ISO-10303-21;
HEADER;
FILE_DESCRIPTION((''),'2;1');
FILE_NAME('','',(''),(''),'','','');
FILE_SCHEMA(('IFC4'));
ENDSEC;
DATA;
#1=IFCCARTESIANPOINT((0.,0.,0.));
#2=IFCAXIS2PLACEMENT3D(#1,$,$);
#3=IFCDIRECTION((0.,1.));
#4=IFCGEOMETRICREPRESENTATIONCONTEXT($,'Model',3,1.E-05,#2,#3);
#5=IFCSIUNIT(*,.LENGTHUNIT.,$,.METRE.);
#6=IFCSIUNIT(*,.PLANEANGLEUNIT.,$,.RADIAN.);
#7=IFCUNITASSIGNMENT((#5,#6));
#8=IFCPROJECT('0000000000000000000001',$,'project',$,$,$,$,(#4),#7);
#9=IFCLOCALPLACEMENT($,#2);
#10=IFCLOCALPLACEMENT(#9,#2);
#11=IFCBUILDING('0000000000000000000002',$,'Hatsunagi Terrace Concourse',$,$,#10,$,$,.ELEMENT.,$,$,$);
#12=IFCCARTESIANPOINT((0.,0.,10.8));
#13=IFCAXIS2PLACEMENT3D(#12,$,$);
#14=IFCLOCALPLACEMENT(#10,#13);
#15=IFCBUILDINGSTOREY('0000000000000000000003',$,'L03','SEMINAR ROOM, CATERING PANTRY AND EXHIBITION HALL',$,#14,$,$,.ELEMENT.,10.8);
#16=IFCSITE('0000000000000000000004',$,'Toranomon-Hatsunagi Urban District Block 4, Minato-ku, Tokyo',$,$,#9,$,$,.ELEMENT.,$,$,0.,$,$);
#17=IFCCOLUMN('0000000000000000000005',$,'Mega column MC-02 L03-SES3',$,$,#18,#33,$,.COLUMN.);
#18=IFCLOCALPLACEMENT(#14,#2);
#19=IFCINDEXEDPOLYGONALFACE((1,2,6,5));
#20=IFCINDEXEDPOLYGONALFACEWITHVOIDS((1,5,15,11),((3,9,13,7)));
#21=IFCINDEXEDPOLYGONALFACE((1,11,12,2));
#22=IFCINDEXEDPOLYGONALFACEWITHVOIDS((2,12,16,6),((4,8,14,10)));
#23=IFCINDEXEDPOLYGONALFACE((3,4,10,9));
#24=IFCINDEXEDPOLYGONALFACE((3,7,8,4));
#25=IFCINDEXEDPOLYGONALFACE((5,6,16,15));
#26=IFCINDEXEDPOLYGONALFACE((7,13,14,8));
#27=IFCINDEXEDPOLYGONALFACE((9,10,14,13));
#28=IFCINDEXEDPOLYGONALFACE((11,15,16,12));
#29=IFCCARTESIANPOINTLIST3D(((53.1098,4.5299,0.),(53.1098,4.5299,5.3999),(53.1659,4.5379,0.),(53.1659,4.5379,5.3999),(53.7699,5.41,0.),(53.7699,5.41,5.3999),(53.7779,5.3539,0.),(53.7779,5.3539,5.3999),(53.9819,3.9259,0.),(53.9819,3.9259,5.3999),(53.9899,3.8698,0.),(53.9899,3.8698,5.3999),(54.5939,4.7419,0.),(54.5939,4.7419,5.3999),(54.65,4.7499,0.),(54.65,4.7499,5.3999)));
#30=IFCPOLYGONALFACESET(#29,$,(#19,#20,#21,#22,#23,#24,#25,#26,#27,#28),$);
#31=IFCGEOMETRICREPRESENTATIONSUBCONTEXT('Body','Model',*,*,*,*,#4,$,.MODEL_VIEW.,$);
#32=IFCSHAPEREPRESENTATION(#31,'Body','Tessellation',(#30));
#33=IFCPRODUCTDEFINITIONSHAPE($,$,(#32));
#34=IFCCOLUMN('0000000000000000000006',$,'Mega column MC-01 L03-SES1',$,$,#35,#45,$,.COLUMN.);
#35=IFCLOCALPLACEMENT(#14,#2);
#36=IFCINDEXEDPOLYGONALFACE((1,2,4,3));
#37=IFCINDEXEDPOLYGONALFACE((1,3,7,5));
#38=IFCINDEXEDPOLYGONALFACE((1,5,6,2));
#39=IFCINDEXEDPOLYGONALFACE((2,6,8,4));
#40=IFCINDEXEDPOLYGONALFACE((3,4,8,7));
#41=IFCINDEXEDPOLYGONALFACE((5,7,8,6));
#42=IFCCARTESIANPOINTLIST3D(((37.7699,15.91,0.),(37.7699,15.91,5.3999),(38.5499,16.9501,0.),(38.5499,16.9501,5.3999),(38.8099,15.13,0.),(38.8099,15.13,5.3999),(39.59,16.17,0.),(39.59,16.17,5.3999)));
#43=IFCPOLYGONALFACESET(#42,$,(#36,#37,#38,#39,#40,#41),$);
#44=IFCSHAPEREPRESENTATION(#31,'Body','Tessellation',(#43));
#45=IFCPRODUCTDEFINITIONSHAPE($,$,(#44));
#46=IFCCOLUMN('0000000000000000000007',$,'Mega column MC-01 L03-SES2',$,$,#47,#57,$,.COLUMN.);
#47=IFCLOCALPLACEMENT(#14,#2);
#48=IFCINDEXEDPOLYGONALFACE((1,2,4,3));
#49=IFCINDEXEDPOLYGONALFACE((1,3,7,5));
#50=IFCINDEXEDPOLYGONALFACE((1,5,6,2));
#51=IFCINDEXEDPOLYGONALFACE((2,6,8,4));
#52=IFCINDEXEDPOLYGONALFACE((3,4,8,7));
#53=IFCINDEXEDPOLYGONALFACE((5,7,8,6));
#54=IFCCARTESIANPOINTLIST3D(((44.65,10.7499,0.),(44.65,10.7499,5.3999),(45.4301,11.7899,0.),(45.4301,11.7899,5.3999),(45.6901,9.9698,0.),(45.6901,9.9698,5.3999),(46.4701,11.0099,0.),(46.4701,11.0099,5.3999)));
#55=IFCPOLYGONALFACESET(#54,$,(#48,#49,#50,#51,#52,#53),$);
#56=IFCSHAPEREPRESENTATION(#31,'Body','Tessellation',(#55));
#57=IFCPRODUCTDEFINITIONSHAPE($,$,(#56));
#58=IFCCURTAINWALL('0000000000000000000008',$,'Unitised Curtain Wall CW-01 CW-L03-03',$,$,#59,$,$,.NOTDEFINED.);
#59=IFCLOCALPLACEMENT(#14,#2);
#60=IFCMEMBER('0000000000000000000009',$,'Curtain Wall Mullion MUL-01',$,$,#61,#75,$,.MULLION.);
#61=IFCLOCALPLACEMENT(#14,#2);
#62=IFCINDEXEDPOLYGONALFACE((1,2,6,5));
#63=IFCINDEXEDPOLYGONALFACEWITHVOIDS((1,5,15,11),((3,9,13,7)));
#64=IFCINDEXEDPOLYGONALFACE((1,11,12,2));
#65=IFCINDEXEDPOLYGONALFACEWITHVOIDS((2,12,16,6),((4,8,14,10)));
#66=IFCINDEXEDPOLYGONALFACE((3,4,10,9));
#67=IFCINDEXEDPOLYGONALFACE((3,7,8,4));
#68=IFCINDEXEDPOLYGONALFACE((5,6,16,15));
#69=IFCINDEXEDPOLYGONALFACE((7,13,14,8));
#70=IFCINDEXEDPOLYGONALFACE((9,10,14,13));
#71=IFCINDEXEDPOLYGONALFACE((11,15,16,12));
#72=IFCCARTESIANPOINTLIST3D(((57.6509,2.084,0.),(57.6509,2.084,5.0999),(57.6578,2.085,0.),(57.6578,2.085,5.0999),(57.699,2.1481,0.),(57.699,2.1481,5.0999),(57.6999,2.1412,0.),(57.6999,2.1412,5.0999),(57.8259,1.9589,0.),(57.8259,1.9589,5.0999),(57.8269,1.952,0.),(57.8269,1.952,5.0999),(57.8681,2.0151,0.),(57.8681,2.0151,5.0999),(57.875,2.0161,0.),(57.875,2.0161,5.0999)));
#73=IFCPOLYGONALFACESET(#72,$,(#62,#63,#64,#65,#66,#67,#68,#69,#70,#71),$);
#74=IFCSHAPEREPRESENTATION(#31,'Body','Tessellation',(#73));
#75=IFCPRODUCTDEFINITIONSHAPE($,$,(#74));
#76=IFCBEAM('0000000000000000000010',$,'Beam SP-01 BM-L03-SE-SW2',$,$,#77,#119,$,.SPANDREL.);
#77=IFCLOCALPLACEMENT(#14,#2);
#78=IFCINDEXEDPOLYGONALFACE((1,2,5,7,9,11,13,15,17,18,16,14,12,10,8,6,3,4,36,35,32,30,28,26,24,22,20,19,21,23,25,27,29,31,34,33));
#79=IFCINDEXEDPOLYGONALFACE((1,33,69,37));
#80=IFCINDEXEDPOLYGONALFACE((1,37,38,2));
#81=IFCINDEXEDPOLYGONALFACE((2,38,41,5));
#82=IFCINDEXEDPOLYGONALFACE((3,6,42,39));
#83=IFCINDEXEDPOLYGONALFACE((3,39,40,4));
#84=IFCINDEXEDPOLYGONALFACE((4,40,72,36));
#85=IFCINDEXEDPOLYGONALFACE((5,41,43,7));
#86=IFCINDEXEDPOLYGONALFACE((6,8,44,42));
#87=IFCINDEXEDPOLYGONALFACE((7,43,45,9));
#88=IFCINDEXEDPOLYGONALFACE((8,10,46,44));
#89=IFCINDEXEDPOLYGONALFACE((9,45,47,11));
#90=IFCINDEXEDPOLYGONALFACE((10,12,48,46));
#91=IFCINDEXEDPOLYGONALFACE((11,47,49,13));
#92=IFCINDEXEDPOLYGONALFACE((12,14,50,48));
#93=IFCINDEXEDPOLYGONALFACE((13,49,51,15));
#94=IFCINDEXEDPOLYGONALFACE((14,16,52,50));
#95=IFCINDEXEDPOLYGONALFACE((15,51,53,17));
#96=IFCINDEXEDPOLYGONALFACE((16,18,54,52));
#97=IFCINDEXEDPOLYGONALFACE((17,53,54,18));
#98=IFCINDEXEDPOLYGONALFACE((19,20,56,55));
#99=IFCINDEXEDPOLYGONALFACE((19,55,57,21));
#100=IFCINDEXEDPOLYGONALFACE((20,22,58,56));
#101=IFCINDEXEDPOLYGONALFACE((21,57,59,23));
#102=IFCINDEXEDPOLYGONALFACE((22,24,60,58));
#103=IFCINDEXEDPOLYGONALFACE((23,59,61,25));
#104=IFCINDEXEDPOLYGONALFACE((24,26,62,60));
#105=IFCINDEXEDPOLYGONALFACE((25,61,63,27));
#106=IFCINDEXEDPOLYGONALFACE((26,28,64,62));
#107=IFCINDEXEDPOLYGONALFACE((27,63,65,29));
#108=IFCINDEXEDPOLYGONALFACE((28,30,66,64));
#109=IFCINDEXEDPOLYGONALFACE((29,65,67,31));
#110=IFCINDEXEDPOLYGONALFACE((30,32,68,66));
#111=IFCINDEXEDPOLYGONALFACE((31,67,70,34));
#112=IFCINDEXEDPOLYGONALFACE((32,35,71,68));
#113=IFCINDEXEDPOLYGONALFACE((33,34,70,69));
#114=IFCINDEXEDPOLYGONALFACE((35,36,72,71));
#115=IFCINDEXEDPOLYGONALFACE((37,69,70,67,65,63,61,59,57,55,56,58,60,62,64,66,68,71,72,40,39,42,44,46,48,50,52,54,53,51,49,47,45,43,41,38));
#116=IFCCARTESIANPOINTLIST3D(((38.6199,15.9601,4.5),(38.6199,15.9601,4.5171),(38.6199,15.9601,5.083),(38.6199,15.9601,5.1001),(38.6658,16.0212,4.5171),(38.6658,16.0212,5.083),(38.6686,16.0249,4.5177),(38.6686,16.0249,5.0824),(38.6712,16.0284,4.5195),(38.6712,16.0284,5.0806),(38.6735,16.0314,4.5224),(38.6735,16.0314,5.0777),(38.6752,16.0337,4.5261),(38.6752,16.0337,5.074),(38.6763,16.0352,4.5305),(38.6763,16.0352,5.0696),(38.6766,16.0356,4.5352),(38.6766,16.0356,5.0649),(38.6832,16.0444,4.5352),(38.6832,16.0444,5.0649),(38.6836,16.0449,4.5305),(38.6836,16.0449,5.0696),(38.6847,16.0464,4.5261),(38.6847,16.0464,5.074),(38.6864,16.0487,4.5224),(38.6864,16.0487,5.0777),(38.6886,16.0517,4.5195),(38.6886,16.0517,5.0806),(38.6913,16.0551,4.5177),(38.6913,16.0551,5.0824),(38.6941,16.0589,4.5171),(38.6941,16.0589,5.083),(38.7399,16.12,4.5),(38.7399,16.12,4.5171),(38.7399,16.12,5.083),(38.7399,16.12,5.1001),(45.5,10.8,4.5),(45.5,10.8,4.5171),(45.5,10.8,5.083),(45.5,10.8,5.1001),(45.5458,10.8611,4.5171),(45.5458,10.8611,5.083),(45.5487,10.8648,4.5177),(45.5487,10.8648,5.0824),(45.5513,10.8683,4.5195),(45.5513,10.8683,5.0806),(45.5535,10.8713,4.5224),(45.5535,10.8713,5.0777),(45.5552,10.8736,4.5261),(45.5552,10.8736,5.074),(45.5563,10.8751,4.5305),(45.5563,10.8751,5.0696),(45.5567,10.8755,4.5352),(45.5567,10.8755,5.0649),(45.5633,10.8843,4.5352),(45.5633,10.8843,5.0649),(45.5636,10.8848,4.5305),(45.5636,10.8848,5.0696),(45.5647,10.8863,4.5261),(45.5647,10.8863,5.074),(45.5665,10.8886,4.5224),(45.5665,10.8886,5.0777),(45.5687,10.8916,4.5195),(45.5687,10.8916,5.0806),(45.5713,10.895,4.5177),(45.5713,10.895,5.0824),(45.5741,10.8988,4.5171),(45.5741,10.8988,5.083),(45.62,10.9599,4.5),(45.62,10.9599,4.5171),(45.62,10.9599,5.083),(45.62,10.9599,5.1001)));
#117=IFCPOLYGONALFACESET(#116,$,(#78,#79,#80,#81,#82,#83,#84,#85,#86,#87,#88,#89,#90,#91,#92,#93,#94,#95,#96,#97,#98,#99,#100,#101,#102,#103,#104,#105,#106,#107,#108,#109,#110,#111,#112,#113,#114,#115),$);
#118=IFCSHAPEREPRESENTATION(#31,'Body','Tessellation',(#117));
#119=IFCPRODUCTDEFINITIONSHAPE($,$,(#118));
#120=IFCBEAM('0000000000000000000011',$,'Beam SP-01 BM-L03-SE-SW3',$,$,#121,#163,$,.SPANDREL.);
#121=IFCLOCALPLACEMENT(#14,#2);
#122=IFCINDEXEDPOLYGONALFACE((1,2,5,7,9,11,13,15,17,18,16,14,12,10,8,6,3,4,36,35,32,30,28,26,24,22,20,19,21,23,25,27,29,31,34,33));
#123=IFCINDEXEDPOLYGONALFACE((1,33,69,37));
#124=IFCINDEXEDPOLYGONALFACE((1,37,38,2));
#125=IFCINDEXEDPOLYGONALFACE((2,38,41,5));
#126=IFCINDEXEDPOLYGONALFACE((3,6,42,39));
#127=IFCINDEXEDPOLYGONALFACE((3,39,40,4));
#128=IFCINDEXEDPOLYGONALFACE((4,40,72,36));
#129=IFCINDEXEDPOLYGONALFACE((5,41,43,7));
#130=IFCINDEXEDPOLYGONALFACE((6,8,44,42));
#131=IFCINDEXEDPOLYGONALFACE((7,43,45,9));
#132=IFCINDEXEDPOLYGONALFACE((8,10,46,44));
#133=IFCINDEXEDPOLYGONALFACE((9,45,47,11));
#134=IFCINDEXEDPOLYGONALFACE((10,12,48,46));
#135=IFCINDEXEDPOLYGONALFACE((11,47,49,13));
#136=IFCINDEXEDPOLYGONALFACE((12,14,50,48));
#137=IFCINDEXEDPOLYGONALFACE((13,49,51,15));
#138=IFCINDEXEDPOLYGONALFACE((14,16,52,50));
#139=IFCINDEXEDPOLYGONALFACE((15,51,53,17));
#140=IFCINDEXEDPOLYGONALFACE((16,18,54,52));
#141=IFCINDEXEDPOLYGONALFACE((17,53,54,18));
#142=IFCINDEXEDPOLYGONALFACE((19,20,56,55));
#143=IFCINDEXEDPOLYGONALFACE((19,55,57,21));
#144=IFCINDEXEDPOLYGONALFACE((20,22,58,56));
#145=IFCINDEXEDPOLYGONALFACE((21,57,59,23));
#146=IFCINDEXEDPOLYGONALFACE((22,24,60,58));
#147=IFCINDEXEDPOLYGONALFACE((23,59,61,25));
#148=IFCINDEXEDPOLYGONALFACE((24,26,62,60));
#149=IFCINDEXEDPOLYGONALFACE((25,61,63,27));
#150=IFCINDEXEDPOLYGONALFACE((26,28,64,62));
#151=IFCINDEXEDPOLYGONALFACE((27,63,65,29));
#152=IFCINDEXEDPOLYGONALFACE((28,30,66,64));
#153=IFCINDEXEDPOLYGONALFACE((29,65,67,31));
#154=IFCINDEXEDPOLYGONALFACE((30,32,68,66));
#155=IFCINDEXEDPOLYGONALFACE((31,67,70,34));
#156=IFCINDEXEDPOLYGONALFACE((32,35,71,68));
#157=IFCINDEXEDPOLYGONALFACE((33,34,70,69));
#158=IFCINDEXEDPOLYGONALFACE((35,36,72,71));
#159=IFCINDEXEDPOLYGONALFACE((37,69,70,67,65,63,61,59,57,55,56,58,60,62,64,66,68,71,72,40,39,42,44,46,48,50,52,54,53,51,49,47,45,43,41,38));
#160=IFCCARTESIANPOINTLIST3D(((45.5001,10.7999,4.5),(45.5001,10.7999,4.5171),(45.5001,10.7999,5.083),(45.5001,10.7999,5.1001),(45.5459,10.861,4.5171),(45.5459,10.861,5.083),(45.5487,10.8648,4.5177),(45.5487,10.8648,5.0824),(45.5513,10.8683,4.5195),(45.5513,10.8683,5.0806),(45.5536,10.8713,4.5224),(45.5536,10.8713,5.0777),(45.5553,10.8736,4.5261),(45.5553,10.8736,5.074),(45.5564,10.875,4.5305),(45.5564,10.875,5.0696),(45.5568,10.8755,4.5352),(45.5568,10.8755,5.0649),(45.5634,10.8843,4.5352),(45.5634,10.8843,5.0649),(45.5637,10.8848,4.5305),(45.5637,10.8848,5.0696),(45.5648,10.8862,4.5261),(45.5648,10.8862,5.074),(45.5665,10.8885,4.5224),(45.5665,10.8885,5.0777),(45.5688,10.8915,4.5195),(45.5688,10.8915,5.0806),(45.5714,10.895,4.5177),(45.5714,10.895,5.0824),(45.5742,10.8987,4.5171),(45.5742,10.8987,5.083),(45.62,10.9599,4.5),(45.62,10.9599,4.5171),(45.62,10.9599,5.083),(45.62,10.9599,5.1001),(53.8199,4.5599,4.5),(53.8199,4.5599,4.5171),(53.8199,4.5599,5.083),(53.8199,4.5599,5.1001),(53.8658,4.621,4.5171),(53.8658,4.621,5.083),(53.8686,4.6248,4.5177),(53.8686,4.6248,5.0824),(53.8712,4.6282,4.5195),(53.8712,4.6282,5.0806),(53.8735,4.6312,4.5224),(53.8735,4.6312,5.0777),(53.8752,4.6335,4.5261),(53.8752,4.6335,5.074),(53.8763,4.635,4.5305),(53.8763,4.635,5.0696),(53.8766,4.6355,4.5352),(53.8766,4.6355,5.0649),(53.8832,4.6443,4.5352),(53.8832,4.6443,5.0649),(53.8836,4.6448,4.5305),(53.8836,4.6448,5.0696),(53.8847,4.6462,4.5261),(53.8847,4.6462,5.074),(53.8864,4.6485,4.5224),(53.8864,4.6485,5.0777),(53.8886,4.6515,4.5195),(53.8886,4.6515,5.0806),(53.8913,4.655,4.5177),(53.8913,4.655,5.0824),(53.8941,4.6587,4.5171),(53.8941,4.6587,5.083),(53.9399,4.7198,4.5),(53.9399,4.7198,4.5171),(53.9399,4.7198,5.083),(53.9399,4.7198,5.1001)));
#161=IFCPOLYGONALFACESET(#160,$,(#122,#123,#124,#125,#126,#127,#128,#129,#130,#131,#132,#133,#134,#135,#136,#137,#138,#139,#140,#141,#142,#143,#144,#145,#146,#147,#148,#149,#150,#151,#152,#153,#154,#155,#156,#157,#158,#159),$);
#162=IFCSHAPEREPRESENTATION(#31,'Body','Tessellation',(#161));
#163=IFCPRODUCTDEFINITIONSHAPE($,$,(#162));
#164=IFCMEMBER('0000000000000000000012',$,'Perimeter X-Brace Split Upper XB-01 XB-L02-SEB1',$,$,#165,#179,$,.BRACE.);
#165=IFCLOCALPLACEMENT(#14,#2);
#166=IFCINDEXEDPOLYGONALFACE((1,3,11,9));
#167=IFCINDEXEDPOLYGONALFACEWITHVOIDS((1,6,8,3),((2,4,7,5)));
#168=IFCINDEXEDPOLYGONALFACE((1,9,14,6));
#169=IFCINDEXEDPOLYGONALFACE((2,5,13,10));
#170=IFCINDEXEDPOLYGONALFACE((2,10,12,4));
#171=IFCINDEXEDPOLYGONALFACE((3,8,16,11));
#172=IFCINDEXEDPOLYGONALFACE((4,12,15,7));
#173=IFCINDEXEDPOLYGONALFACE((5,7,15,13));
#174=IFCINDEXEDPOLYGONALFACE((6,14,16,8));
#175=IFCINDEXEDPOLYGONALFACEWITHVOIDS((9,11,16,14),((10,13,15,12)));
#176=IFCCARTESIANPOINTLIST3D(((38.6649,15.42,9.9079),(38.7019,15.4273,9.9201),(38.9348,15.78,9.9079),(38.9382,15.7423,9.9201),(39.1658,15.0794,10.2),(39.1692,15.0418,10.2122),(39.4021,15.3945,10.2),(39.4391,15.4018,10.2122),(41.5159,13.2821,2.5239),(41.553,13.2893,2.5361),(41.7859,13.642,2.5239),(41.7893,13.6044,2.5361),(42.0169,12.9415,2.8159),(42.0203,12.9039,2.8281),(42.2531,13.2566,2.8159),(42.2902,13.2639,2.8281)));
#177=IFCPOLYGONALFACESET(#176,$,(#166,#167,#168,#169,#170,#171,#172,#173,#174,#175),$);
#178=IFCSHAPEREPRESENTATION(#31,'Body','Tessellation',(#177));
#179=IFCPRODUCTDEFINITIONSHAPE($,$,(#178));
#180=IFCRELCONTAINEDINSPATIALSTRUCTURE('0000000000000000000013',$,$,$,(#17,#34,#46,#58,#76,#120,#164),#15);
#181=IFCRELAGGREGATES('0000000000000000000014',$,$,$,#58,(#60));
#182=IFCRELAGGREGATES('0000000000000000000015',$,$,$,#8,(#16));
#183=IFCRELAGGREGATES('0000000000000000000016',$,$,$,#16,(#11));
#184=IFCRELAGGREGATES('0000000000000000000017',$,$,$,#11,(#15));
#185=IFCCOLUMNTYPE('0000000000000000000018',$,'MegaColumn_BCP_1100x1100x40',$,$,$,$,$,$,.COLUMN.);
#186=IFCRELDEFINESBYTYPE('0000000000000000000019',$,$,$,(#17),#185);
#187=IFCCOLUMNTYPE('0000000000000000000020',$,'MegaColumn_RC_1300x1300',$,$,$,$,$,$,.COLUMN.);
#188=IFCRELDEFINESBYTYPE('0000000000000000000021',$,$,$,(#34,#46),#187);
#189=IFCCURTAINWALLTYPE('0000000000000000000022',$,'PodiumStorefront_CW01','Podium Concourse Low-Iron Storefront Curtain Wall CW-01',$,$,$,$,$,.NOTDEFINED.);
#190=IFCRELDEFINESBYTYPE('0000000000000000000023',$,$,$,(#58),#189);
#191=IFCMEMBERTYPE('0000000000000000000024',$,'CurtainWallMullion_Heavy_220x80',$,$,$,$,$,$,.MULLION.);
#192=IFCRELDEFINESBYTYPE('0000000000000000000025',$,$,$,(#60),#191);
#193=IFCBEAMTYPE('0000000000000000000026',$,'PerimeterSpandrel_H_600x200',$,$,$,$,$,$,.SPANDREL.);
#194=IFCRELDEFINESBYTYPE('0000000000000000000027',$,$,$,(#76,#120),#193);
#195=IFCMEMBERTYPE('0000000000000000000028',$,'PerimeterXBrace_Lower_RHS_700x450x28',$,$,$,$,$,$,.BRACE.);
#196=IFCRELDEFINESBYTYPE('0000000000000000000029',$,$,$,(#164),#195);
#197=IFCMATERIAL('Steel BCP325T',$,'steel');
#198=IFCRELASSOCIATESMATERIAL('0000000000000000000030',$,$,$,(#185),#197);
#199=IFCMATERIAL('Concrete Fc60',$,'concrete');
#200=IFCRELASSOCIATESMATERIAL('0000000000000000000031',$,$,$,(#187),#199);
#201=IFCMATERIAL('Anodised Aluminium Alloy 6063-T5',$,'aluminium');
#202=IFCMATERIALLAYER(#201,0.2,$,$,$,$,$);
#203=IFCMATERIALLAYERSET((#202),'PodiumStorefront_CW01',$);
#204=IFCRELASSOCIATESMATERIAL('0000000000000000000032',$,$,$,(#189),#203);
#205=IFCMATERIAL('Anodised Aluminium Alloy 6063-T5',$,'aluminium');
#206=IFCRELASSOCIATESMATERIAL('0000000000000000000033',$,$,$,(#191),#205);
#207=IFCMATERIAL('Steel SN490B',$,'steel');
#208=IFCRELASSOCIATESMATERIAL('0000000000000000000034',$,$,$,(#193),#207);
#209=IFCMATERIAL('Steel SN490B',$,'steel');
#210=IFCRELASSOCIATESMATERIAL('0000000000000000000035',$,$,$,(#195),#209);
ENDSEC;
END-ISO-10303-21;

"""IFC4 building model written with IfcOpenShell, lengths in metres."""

from ifc_helpers import new_model, si_unit, direction, frame, origin, origin_2d, place, context, subcontext, project, spatial, rectangle, hollow_rectangle, i_section, extrude, material, layer, layer_set, material_profile, profile_set, type_object, element, aggregate, save


model = new_model("IFC4")

# Units and contexts
model_context = context("Model", 3, precision=1e-05, world=origin(), true_north=direction((0.0, 1.0)))
body_context = subcontext(model_context, "Body", "Model", "MODEL_VIEW")
ifc_project = project(units=[si_unit("LENGTHUNIT", "METRE"), si_unit("PLANEANGLEUNIT", "RADIAN")], contexts=[model_context])

# Site, building, storey
site_placement = place(None, origin())
site = spatial("IfcSite", under=ifc_project, at=site_placement, Name="Toranomon-Hatsunagi Urban District Block 4, Minato-ku, Tokyo", CompositionType="ELEMENT", RefElevation=0.0)
building_placement = place(site_placement, origin())
building = spatial("IfcBuilding", under=site, at=building_placement, Name="Hatsunagi Terrace Concourse", CompositionType="ELEMENT")
storey_placement = place(building_placement, frame((0.0, 0.0, 10.8)))
storey = spatial("IfcBuildingStorey", under=building, at=storey_placement, Name="L03", Description="SEMINAR ROOM, CATERING PANTRY AND EXHIBITION HALL", CompositionType="ELEMENT", Elevation=10.8)

# Columns
ifc_material_1 = material(Name="Steel BCP325T", Category="steel")
ifc_material_profile_1 = material_profile(ifc_material_1, hollow_rectangle(XDim=1.1001, YDim=1.1001, WallThickness=0.04, at=origin_2d()), Name="BCP-1100x1100x40")
ifc_profile_set_1 = profile_set([ifc_material_profile_1], Name="Steel BCP325T")
column_type_1 = type_object("IfcColumnType", Name="MegaColumn_BCP_1100x1100x40", PredefinedType="COLUMN", material=ifc_profile_set_1)
column_placement = place(storey_placement, frame((53.8799, 4.6399, 0.0), z_axis=(0.0, 0.0, 1.0), x_axis=(0.8, -0.6, 0.0)))
element("IfcColumn", 1, at=column_placement, inside=storey, type_object=column_type_1, Name="Mega column MC-02 L03-SES3", PredefinedType="COLUMN", context=body_context, shape_type="SweptSolid", body=[
    extrude(hollow_rectangle(XDim=1.1001, YDim=1.1001, WallThickness=0.04, at=origin_2d()), origin(), (0.0, 0.0, 1.0), 5.3999),
])
ifc_material_2 = material(Name="Concrete Fc60", Category="concrete")
ifc_material_profile_2 = material_profile(ifc_material_2, rectangle(XDim=1.3, YDim=1.3, at=origin_2d()), Name="RC-1300x1300")
ifc_profile_set_2 = profile_set([ifc_material_profile_2], Name="Concrete Fc60")
column_type_2 = type_object("IfcColumnType", Name="MegaColumn_RC_1300x1300", PredefinedType="COLUMN", material=ifc_profile_set_2)
for number, where, z_axis, x_axis, name in (
    (2, (38.6799, 16.04, 0.0), (0.0, 0.0, 1.0), (0.8, -0.6, 0.0), "Mega column MC-01 L03-SES1"),
    (3, (45.5601, 10.8799, 0.0), (0.0, 0.0, 1.0), (0.8, -0.6, 0.0), "Mega column MC-01 L03-SES2"),
):
    element("IfcColumn", number, at=place(storey_placement, frame(where, z_axis=z_axis, x_axis=x_axis)), inside=storey, type_object=column_type_2, Name=name, PredefinedType="COLUMN", context=body_context, shape_type="SweptSolid", body=[
        extrude(rectangle(XDim=1.3, YDim=1.3, at=origin_2d()), origin(), (0.0, 0.0, 1.0), 5.3999),
    ])

# Curtain wall, member
ifc_material_3 = material(Name="Anodised Aluminium Alloy 6063-T5", Category="aluminium")
ifc_layer_1 = layer(ifc_material_3, 0.2)
ifc_layer_set_1 = layer_set([ifc_layer_1], Name="PodiumStorefront_CW01")
curtain_wall_type = type_object("IfcCurtainWallType", Name="PodiumStorefront_CW01", Description="Podium Concourse Low-Iron Storefront Curtain Wall CW-01", PredefinedType="NOTDEFINED", material=ifc_layer_set_1)
curtain_wall_placement = place(storey_placement, origin())
curtain_wall = element("IfcCurtainWall", 4, at=curtain_wall_placement, inside=storey, type_object=curtain_wall_type, Name="Unitised Curtain Wall CW-01 CW-L03-03", PredefinedType="NOTDEFINED")
ifc_material_4 = material(Name="Anodised Aluminium Alloy 6063-T5", Category="aluminium")
ifc_material_profile_3 = material_profile(ifc_material_4, hollow_rectangle(XDim=0.0801, YDim=0.22, WallThickness=0.0049, at=origin_2d()), Name="ALU-MUL-220x80x5")
ifc_profile_set_3 = profile_set([ifc_material_profile_3], Name="Anodised Aluminium Alloy 6063-T5")
member_type_1 = type_object("IfcMemberType", Name="CurtainWallMullion_Heavy_220x80", PredefinedType="MULLION", material=ifc_profile_set_3)
member_1_placement = place(storey_placement, frame((57.7629, 2.05, 0.0), z_axis=(0.0, 0.0, 1.0), x_axis=(-0.599969, -0.800023, 0.0)))
member_1 = element("IfcMember", 5, at=member_1_placement, type_object=member_type_1, Name="Curtain Wall Mullion MUL-01", PredefinedType="MULLION", context=body_context, shape_type="SweptSolid", body=[
    extrude(hollow_rectangle(XDim=0.0801, YDim=0.22, WallThickness=0.0049, at=origin_2d()), origin(), (0.0, 0.0, 1.0), 5.0999),
])
aggregate(curtain_wall, [member_1])

# Beams
ifc_material_5 = material(Name="Steel SN490B", Category="steel")
ifc_material_profile_4 = material_profile(ifc_material_5, i_section(OverallWidth=0.2, OverallDepth=0.6001, WebThickness=0.011, FlangeThickness=0.0171, FilletRadius=0.0181, at=origin_2d()), Name="H-600x200x11x17")
ifc_profile_set_4 = profile_set([ifc_material_profile_4], Name="Steel SN490B")
beam_type_1 = type_object("IfcBeamType", Name="PerimeterSpandrel_H_600x200", PredefinedType="SPANDREL", material=ifc_profile_set_4)
beam_1_placement = place(storey_placement, frame((38.6799, 16.04, 4.8), z_axis=(0.799997, -0.600005, 0.0), x_axis=(0.600005, 0.799997, 0.0)))
element("IfcBeam", 6, at=beam_1_placement, inside=storey, type_object=beam_type_1, Name="Beam SP-01 BM-L03-SE-SW2", PredefinedType="SPANDREL", context=body_context, shape_type="SweptSolid", body=[
    extrude(i_section(OverallWidth=0.2, OverallDepth=0.6001, WebThickness=0.011, FlangeThickness=0.0171, FilletRadius=0.0181, at=origin_2d()), origin(), (0.0, 0.0, 1.0), 8.6001),
])
beam_2_placement = place(storey_placement, frame((45.5601, 10.8799, 4.8), z_axis=(0.799994, -0.600008, 0.0), x_axis=(0.600008, 0.799994, 0.0)))
element("IfcBeam", 7, at=beam_2_placement, inside=storey, type_object=beam_type_1, Name="Beam SP-01 BM-L03-SE-SW3", PredefinedType="SPANDREL", context=body_context, shape_type="SweptSolid", body=[
    extrude(i_section(OverallWidth=0.2, OverallDepth=0.6001, WebThickness=0.011, FlangeThickness=0.0171, FilletRadius=0.0181, at=origin_2d()), origin(), (0.0, 0.0, 1.0), 10.3999),
])

# Member
ifc_material_6 = material(Name="Steel SN490B", Category="steel")
ifc_material_profile_5 = material_profile(ifc_material_6, hollow_rectangle(XDim=0.45, YDim=0.7, WallThickness=0.0281, at=origin_2d()), Name="RHS-700x450x28")
ifc_profile_set_5 = profile_set([ifc_material_profile_5], Name="Steel SN490B")
member_type_2 = type_object("IfcMemberType", Name="PerimeterXBrace_Lower_RHS_700x450x28", PredefinedType="BRACE", material=ifc_profile_set_5)
member_2_placement = place(storey_placement, frame((39.052, 15.4109, 10.0601), z_axis=(0.347735, -0.260757, -0.900603), x_axis=(0.599934, 0.800049, 0.0)))
element("IfcMember", 8, at=member_2_placement, inside=storey, type_object=member_type_2, Name="Perimeter X-Brace Split Upper XB-01 XB-L02-SEB1", PredefinedType="BRACE", context=body_context, shape_type="SweptSolid", body=[
    extrude(hollow_rectangle(XDim=0.45, YDim=0.7, WallThickness=0.0281, at=origin_2d()), origin(), (0.0, 0.0, 1.0), 8.199),
])

save(model, "model.ifc")
